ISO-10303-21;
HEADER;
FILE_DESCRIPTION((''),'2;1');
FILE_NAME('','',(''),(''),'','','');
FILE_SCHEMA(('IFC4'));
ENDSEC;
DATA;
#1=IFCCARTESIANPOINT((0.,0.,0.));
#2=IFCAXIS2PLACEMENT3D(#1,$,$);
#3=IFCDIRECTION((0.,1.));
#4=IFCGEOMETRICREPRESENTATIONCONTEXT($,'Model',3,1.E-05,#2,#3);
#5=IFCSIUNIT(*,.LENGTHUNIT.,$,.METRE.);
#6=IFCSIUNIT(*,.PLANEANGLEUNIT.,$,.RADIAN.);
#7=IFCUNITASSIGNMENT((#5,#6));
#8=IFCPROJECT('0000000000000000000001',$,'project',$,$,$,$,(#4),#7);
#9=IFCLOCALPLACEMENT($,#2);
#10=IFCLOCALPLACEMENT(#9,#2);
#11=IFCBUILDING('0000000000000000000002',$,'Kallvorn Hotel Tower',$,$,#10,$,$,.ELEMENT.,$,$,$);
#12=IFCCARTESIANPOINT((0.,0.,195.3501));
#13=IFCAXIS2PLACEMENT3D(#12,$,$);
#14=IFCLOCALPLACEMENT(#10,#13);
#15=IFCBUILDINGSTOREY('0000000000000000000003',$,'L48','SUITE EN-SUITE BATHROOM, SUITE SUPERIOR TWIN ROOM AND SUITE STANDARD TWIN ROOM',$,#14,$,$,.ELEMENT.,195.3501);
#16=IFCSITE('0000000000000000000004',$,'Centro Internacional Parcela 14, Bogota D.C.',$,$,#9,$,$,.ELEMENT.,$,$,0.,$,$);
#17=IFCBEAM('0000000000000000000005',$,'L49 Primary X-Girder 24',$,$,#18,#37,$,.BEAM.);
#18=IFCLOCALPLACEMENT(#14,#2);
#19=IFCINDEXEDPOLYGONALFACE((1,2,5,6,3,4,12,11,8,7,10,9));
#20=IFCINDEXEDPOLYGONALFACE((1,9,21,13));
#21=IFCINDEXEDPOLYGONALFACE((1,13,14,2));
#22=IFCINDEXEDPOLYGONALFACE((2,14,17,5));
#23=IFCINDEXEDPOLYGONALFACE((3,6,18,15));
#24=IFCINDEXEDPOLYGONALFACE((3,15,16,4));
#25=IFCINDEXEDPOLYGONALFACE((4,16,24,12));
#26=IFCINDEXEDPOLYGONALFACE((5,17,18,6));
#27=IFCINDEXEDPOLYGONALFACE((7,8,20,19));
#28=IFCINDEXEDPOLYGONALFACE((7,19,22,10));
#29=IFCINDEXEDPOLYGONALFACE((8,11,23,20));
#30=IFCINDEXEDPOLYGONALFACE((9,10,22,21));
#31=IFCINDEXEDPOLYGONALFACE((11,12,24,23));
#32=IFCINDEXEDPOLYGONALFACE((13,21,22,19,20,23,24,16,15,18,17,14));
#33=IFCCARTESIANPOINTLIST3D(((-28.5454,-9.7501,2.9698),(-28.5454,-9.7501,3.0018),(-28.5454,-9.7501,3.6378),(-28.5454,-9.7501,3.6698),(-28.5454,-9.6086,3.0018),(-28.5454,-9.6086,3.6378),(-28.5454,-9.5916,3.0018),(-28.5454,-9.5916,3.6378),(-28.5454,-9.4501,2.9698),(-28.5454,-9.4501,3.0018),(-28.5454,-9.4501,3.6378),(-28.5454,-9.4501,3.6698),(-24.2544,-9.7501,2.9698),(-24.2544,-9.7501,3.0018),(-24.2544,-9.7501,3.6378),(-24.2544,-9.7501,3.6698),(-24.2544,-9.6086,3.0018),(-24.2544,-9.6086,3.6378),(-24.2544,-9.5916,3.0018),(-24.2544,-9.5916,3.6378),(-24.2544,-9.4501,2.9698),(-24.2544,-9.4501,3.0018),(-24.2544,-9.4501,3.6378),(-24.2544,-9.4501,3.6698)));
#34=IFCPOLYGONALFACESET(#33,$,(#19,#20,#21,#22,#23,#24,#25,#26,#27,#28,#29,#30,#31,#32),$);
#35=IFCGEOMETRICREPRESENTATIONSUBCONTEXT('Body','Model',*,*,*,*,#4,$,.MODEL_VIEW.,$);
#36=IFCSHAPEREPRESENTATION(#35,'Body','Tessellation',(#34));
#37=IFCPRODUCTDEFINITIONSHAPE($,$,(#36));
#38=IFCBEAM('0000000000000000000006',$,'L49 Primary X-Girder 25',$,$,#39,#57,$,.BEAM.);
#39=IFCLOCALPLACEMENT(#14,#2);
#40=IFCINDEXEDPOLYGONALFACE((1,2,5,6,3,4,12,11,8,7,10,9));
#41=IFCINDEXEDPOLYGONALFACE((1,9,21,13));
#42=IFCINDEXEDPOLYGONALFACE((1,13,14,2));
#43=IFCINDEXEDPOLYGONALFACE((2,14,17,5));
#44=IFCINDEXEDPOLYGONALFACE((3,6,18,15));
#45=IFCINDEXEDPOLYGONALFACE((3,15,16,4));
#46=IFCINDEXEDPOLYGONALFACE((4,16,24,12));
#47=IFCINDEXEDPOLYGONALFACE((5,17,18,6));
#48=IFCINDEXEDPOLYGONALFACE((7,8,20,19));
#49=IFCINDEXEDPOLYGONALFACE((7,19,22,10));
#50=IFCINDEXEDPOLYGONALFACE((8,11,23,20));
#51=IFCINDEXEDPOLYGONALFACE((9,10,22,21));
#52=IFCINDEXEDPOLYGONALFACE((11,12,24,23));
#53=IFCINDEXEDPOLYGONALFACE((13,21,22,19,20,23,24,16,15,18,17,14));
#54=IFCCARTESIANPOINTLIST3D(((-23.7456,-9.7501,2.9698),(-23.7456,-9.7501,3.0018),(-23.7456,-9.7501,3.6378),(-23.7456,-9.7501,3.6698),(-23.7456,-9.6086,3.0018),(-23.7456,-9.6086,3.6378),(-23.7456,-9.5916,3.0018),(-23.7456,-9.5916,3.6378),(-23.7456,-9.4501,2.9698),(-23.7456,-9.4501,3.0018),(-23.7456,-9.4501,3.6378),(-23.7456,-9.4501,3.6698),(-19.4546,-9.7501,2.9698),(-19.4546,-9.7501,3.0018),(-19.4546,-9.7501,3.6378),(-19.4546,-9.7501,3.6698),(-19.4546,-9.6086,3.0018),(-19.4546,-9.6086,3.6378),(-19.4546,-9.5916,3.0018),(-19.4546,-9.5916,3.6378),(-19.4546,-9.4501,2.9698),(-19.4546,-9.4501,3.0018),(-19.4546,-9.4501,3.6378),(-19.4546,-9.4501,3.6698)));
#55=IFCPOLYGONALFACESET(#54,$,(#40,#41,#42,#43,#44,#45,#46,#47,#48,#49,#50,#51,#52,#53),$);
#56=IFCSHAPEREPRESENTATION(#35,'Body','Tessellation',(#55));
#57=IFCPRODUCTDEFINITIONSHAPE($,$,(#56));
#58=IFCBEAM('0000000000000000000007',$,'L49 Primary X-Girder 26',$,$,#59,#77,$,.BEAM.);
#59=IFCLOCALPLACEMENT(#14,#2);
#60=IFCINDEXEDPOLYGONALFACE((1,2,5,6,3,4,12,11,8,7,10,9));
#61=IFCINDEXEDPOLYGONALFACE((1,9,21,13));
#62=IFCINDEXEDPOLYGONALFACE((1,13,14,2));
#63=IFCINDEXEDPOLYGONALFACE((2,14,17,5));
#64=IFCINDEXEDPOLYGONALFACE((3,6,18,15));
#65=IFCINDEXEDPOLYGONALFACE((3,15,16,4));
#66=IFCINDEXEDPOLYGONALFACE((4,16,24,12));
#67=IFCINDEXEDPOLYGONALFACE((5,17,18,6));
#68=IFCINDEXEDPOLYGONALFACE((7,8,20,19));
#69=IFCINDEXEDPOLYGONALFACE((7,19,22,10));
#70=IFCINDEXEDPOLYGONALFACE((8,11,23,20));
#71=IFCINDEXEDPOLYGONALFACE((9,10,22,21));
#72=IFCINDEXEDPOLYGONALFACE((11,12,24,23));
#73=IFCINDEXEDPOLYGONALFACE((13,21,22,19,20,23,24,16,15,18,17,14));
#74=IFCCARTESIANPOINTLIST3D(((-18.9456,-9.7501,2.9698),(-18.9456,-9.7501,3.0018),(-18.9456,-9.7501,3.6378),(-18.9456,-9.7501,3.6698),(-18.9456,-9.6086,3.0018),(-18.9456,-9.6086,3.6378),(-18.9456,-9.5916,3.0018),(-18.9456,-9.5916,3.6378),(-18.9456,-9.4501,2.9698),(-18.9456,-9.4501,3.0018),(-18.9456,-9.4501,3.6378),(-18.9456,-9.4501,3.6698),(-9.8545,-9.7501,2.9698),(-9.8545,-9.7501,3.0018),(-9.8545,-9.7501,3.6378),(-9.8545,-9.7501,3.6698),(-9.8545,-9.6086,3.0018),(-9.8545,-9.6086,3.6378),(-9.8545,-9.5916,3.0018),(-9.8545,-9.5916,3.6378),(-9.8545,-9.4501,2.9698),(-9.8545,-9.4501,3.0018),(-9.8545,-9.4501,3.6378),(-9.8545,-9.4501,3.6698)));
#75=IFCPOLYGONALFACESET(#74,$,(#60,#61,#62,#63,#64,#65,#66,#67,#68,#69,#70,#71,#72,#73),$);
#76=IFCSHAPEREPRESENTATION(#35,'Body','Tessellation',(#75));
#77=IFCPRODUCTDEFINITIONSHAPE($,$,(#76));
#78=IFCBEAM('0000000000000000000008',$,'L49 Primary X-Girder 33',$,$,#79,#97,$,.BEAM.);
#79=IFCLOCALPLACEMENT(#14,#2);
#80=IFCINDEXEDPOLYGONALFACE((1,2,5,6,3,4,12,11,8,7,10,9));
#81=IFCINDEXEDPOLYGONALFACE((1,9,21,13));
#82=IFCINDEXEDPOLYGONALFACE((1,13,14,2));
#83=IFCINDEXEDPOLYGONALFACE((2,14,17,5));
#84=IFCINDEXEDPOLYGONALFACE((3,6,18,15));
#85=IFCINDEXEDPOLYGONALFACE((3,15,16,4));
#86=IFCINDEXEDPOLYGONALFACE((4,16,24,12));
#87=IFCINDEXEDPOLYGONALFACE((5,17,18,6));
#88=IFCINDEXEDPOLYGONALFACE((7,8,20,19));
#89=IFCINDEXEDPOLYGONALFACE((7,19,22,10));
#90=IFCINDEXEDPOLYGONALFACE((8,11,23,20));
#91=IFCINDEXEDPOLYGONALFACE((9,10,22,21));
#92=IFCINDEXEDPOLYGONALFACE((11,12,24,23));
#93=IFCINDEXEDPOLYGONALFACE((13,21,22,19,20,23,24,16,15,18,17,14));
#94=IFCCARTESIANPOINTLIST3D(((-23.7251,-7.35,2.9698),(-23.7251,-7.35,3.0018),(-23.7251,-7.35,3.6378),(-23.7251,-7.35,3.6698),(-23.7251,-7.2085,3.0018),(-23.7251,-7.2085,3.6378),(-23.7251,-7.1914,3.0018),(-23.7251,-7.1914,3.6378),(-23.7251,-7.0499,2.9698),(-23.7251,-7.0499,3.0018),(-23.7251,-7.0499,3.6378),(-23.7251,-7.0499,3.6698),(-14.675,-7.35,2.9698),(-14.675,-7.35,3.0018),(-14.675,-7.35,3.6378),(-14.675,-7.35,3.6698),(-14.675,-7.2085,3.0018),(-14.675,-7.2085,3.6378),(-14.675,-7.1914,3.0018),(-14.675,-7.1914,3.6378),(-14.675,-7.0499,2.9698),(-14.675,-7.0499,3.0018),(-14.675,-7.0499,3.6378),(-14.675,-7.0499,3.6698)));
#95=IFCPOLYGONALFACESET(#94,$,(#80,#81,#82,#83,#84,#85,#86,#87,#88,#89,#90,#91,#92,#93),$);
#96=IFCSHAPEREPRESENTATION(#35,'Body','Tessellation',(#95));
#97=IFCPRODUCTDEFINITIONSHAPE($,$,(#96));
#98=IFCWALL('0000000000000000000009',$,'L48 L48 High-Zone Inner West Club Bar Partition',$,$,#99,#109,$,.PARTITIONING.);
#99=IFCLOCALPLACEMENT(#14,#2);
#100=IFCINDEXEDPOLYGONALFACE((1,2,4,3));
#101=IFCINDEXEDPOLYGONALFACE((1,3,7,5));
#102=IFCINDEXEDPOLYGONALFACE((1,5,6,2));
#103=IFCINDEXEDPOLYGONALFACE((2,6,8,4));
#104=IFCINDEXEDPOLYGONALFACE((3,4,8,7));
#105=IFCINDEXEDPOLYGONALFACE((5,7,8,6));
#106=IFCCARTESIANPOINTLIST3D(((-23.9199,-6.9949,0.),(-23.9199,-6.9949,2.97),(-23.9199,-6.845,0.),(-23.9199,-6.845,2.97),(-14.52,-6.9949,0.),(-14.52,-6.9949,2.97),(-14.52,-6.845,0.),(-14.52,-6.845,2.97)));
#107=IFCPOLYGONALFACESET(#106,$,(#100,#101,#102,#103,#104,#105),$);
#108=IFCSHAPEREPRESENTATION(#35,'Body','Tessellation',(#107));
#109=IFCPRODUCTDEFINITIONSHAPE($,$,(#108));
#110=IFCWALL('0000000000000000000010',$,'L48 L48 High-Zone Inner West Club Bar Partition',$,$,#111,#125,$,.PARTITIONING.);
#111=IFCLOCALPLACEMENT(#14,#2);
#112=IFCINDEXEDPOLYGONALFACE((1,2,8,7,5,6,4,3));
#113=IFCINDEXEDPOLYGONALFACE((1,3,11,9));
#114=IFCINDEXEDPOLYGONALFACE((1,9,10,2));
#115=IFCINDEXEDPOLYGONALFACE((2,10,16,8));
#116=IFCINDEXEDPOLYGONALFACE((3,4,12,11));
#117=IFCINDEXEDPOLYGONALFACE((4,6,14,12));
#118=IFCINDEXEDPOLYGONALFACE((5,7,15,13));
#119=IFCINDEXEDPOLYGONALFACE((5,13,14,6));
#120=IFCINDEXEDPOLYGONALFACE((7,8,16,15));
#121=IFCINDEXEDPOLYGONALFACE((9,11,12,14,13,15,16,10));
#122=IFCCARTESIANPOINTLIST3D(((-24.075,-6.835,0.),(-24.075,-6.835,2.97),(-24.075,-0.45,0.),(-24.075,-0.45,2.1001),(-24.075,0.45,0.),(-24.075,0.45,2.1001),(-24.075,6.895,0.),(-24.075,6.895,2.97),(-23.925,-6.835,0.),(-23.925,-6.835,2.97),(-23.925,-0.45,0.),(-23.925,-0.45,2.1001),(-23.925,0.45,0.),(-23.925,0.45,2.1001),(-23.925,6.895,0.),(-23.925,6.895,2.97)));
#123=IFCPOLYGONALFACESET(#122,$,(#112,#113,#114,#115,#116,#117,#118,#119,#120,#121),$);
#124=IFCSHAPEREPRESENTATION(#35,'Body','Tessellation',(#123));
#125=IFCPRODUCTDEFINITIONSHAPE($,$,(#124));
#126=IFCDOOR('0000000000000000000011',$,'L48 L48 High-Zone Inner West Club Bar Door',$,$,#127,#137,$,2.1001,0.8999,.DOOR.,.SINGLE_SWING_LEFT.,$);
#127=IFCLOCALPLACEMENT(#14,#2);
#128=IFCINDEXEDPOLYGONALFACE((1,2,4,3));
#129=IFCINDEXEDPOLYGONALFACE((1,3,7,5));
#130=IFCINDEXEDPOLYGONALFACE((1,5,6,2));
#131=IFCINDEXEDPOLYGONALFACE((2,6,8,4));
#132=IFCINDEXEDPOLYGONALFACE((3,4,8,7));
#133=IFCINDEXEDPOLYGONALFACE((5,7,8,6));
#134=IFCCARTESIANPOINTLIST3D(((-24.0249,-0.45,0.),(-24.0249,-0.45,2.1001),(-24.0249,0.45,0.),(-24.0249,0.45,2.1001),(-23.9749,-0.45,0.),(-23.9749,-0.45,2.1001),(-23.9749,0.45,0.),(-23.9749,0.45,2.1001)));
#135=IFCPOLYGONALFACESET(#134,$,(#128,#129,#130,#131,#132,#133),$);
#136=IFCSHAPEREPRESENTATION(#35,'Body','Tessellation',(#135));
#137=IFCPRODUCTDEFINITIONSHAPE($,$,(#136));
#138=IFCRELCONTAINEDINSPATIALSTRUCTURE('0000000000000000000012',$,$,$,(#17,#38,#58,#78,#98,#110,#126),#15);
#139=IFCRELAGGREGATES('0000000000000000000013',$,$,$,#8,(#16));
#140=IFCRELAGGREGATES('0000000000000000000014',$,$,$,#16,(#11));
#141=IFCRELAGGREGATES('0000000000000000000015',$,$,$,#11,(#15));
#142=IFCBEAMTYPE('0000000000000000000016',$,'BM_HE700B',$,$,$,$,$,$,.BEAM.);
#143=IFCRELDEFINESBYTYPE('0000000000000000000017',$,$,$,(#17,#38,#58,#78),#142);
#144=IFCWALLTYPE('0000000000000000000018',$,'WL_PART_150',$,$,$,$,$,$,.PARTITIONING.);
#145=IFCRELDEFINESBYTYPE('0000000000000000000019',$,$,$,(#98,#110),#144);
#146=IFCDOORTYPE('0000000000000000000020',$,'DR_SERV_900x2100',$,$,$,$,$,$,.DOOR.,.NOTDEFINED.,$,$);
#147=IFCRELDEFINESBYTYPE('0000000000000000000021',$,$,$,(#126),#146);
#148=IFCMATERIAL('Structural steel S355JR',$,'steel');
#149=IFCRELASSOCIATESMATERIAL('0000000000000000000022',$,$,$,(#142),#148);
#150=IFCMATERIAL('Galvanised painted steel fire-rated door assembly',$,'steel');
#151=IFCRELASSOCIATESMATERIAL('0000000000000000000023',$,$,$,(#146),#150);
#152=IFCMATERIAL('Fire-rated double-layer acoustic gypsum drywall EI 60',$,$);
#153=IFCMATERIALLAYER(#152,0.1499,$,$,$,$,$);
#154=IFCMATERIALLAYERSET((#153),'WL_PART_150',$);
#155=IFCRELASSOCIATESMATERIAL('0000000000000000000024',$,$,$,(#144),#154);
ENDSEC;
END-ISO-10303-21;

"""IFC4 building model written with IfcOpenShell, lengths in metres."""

from ifc_helpers import new_model, si_unit, direction, frame, frame_2d, origin, origin_2d, place, context, subcontext, project, spatial, rectangle, i_section, extrude, material, layer, layer_set, material_profile, profile_set, type_object, element, fill, save


model = new_model("IFC4")

# Units and contexts
model_context = context("Model", 3, precision=1e-05, world=origin(), true_north=direction((0.0, 1.0)))
body_context = subcontext(model_context, "Body", "Model", "MODEL_VIEW")
ifc_project = project(units=[si_unit("LENGTHUNIT", "METRE"), si_unit("PLANEANGLEUNIT", "RADIAN")], contexts=[model_context])

# Site, building, storey
site_placement = place(None, origin())
site = spatial("IfcSite", under=ifc_project, at=site_placement, Name="Centro Internacional Parcela 14, Bogota D.C.", CompositionType="ELEMENT", RefElevation=0.0)
building_placement = place(site_placement, origin())
building = spatial("IfcBuilding", under=site, at=building_placement, Name="Kallvorn Hotel Tower", CompositionType="ELEMENT")
storey_placement = place(building_placement, frame((0.0, 0.0, 195.3501)))
storey = spatial("IfcBuildingStorey", under=building, at=storey_placement, Name="L48", Description="SUITE EN-SUITE BATHROOM, SUITE SUPERIOR TWIN ROOM AND SUITE STANDARD TWIN ROOM", CompositionType="ELEMENT", Elevation=195.3501)

# Beams
ifc_material_1 = material(Name="Structural steel S355JR", Category="steel")
ifc_material_profile_1 = material_profile(ifc_material_1, i_section(OverallWidth=0.3, OverallDepth=0.7, WebThickness=0.0171, FlangeThickness=0.032, at=origin_2d()), Name="HE 700 B")
ifc_profile_set_1 = profile_set([ifc_material_profile_1], Name="Structural steel S355JR")
beam_type_1 = type_object("IfcBeamType", Name="BM_HE700B", PredefinedType="BEAM", material=ifc_profile_set_1)
for number, where, z_axis, x_axis, name in (
    (1, (-28.5454, -9.6001, 3.3198), (1.0, 0.0, 0.0), (0.0, 1.0, 0.0), "L49 Primary X-Girder 24"),
    (2, (-23.7456, -9.6001, 3.3198), (1.0, 0.0, 0.0), (0.0, 1.0, 0.0), "L49 Primary X-Girder 25"),
):
    element("IfcBeam", number, at=place(storey_placement, frame(where, z_axis=z_axis, x_axis=x_axis)), inside=storey, type_object=beam_type_1, Name=name, PredefinedType="BEAM", context=body_context, shape_type="SweptSolid", body=[
        extrude(i_section(OverallWidth=0.3, OverallDepth=0.7, WebThickness=0.0171, FlangeThickness=0.032, at=origin_2d()), origin(), (0.0, 0.0, 1.0), 4.291),
    ])
beam_1_placement = place(storey_placement, frame((-18.9456, -9.6001, 3.3198), z_axis=(1.0, 0.0, 0.0), x_axis=(0.0, 1.0, 0.0)))
element("IfcBeam", 3, at=beam_1_placement, inside=storey, type_object=beam_type_1, Name="L49 Primary X-Girder 26", PredefinedType="BEAM", context=body_context, shape_type="SweptSolid", body=[
    extrude(i_section(OverallWidth=0.3, OverallDepth=0.7, WebThickness=0.0171, FlangeThickness=0.032, at=origin_2d()), origin(), (0.0, 0.0, 1.0), 9.0911),
])
beam_2_placement = place(storey_placement, frame((-23.7251, -7.2, 3.3198), z_axis=(1.0, 0.0, 0.0), x_axis=(0.0, 1.0, 0.0)))
element("IfcBeam", 4, at=beam_2_placement, inside=storey, type_object=beam_type_1, Name="L49 Primary X-Girder 33", PredefinedType="BEAM", context=body_context, shape_type="SweptSolid", body=[
    extrude(i_section(OverallWidth=0.3, OverallDepth=0.7, WebThickness=0.0171, FlangeThickness=0.032, at=origin_2d()), origin(), (0.0, 0.0, 1.0), 9.05),
])

# Shared definitions
ifc_material_2 = material(Name="Galvanised painted steel fire-rated door assembly", Category="steel")
door_type_1 = type_object("IfcDoorType", Name="DR_SERV_900x2100", OperationType="NOTDEFINED", PredefinedType="DOOR", material=ifc_material_2)

# Wall
ifc_material_3 = material(Name="Fire-rated double-layer acoustic gypsum drywall EI 60")
ifc_layer_1 = layer(ifc_material_3, 0.1499)
ifc_layer_set_1 = layer_set([ifc_layer_1], Name="WL_PART_150")
wall_type_1 = type_object("IfcWallType", Name="WL_PART_150", PredefinedType="PARTITIONING", material=ifc_layer_set_1)
wall_1_placement = place(storey_placement, frame((-23.9199, -6.9199, 0.0), z_axis=(0.0, 0.0, 1.0), x_axis=(1.0, 0.0, 0.0)))
element("IfcWall", 5, at=wall_1_placement, inside=storey, type_object=wall_type_1, Name="L48 L48 High-Zone Inner West Club Bar Partition", PredefinedType="PARTITIONING", context=body_context, shape_type="SweptSolid", body=[
    extrude(rectangle(XDim=9.3999, YDim=0.1499, at=frame_2d((4.7, 0.0))), origin(), (0.0, 0.0, 1.0), 2.97),
])

# Wall, opening, door
wall_2_placement = place(storey_placement, frame((-24.0, -6.835, 0.0), z_axis=(0.0, 0.0, 1.0), x_axis=(0.0, 1.0, 0.0)))
wall_2 = element("IfcWall", 6, at=wall_2_placement, inside=storey, type_object=wall_type_1, Name="L48 L48 High-Zone Inner West Club Bar Partition", PredefinedType="PARTITIONING", context=body_context, shape_type="SweptSolid", body=[
    extrude(rectangle(XDim=13.73, YDim=0.1499, at=frame_2d((6.865, 0.0))), origin(), (0.0, 0.0, 1.0), 2.97),
])
opening_1_placement = place(wall_2_placement, frame((6.385, 0.0, 0.0)))
opening_1 = element("IfcOpeningElement", 7, at=opening_1_placement, cuts=wall_2, PredefinedType="OPENING", context=body_context, shape_type="SweptSolid", body=[
    extrude(rectangle(XDim=0.8999, YDim=2.1001, at=frame_2d((0.45, 1.05))), frame((0.0, 0.0898, 0.0), z_axis=(0.0, -1.0, 0.0), x_axis=(1.0, 0.0, 0.0)), (0.0, 0.0, 1.0), 0.1799),
])
door_1_placement = place(opening_1_placement, origin())
door_1 = element("IfcDoor", 8, at=door_1_placement, inside=storey, type_object=door_type_1, Name="L48 L48 High-Zone Inner West Club Bar Door", OperationType="SINGLE_SWING_LEFT", OverallHeight=2.1001, OverallWidth=0.8999, PredefinedType="DOOR", context=body_context, shape_type="SweptSolid", body=[
    extrude(rectangle(XDim=0.8999, YDim=2.1001, at=frame_2d((0.45, 1.05))), frame((0.0, 0.0249, 0.0), z_axis=(0.0, -1.0, 0.0), x_axis=(1.0, 0.0, 0.0)), (0.0, 0.0, 1.0), 0.05),
])
fill(opening_1, door_1)

save(model, "model.ifc")
